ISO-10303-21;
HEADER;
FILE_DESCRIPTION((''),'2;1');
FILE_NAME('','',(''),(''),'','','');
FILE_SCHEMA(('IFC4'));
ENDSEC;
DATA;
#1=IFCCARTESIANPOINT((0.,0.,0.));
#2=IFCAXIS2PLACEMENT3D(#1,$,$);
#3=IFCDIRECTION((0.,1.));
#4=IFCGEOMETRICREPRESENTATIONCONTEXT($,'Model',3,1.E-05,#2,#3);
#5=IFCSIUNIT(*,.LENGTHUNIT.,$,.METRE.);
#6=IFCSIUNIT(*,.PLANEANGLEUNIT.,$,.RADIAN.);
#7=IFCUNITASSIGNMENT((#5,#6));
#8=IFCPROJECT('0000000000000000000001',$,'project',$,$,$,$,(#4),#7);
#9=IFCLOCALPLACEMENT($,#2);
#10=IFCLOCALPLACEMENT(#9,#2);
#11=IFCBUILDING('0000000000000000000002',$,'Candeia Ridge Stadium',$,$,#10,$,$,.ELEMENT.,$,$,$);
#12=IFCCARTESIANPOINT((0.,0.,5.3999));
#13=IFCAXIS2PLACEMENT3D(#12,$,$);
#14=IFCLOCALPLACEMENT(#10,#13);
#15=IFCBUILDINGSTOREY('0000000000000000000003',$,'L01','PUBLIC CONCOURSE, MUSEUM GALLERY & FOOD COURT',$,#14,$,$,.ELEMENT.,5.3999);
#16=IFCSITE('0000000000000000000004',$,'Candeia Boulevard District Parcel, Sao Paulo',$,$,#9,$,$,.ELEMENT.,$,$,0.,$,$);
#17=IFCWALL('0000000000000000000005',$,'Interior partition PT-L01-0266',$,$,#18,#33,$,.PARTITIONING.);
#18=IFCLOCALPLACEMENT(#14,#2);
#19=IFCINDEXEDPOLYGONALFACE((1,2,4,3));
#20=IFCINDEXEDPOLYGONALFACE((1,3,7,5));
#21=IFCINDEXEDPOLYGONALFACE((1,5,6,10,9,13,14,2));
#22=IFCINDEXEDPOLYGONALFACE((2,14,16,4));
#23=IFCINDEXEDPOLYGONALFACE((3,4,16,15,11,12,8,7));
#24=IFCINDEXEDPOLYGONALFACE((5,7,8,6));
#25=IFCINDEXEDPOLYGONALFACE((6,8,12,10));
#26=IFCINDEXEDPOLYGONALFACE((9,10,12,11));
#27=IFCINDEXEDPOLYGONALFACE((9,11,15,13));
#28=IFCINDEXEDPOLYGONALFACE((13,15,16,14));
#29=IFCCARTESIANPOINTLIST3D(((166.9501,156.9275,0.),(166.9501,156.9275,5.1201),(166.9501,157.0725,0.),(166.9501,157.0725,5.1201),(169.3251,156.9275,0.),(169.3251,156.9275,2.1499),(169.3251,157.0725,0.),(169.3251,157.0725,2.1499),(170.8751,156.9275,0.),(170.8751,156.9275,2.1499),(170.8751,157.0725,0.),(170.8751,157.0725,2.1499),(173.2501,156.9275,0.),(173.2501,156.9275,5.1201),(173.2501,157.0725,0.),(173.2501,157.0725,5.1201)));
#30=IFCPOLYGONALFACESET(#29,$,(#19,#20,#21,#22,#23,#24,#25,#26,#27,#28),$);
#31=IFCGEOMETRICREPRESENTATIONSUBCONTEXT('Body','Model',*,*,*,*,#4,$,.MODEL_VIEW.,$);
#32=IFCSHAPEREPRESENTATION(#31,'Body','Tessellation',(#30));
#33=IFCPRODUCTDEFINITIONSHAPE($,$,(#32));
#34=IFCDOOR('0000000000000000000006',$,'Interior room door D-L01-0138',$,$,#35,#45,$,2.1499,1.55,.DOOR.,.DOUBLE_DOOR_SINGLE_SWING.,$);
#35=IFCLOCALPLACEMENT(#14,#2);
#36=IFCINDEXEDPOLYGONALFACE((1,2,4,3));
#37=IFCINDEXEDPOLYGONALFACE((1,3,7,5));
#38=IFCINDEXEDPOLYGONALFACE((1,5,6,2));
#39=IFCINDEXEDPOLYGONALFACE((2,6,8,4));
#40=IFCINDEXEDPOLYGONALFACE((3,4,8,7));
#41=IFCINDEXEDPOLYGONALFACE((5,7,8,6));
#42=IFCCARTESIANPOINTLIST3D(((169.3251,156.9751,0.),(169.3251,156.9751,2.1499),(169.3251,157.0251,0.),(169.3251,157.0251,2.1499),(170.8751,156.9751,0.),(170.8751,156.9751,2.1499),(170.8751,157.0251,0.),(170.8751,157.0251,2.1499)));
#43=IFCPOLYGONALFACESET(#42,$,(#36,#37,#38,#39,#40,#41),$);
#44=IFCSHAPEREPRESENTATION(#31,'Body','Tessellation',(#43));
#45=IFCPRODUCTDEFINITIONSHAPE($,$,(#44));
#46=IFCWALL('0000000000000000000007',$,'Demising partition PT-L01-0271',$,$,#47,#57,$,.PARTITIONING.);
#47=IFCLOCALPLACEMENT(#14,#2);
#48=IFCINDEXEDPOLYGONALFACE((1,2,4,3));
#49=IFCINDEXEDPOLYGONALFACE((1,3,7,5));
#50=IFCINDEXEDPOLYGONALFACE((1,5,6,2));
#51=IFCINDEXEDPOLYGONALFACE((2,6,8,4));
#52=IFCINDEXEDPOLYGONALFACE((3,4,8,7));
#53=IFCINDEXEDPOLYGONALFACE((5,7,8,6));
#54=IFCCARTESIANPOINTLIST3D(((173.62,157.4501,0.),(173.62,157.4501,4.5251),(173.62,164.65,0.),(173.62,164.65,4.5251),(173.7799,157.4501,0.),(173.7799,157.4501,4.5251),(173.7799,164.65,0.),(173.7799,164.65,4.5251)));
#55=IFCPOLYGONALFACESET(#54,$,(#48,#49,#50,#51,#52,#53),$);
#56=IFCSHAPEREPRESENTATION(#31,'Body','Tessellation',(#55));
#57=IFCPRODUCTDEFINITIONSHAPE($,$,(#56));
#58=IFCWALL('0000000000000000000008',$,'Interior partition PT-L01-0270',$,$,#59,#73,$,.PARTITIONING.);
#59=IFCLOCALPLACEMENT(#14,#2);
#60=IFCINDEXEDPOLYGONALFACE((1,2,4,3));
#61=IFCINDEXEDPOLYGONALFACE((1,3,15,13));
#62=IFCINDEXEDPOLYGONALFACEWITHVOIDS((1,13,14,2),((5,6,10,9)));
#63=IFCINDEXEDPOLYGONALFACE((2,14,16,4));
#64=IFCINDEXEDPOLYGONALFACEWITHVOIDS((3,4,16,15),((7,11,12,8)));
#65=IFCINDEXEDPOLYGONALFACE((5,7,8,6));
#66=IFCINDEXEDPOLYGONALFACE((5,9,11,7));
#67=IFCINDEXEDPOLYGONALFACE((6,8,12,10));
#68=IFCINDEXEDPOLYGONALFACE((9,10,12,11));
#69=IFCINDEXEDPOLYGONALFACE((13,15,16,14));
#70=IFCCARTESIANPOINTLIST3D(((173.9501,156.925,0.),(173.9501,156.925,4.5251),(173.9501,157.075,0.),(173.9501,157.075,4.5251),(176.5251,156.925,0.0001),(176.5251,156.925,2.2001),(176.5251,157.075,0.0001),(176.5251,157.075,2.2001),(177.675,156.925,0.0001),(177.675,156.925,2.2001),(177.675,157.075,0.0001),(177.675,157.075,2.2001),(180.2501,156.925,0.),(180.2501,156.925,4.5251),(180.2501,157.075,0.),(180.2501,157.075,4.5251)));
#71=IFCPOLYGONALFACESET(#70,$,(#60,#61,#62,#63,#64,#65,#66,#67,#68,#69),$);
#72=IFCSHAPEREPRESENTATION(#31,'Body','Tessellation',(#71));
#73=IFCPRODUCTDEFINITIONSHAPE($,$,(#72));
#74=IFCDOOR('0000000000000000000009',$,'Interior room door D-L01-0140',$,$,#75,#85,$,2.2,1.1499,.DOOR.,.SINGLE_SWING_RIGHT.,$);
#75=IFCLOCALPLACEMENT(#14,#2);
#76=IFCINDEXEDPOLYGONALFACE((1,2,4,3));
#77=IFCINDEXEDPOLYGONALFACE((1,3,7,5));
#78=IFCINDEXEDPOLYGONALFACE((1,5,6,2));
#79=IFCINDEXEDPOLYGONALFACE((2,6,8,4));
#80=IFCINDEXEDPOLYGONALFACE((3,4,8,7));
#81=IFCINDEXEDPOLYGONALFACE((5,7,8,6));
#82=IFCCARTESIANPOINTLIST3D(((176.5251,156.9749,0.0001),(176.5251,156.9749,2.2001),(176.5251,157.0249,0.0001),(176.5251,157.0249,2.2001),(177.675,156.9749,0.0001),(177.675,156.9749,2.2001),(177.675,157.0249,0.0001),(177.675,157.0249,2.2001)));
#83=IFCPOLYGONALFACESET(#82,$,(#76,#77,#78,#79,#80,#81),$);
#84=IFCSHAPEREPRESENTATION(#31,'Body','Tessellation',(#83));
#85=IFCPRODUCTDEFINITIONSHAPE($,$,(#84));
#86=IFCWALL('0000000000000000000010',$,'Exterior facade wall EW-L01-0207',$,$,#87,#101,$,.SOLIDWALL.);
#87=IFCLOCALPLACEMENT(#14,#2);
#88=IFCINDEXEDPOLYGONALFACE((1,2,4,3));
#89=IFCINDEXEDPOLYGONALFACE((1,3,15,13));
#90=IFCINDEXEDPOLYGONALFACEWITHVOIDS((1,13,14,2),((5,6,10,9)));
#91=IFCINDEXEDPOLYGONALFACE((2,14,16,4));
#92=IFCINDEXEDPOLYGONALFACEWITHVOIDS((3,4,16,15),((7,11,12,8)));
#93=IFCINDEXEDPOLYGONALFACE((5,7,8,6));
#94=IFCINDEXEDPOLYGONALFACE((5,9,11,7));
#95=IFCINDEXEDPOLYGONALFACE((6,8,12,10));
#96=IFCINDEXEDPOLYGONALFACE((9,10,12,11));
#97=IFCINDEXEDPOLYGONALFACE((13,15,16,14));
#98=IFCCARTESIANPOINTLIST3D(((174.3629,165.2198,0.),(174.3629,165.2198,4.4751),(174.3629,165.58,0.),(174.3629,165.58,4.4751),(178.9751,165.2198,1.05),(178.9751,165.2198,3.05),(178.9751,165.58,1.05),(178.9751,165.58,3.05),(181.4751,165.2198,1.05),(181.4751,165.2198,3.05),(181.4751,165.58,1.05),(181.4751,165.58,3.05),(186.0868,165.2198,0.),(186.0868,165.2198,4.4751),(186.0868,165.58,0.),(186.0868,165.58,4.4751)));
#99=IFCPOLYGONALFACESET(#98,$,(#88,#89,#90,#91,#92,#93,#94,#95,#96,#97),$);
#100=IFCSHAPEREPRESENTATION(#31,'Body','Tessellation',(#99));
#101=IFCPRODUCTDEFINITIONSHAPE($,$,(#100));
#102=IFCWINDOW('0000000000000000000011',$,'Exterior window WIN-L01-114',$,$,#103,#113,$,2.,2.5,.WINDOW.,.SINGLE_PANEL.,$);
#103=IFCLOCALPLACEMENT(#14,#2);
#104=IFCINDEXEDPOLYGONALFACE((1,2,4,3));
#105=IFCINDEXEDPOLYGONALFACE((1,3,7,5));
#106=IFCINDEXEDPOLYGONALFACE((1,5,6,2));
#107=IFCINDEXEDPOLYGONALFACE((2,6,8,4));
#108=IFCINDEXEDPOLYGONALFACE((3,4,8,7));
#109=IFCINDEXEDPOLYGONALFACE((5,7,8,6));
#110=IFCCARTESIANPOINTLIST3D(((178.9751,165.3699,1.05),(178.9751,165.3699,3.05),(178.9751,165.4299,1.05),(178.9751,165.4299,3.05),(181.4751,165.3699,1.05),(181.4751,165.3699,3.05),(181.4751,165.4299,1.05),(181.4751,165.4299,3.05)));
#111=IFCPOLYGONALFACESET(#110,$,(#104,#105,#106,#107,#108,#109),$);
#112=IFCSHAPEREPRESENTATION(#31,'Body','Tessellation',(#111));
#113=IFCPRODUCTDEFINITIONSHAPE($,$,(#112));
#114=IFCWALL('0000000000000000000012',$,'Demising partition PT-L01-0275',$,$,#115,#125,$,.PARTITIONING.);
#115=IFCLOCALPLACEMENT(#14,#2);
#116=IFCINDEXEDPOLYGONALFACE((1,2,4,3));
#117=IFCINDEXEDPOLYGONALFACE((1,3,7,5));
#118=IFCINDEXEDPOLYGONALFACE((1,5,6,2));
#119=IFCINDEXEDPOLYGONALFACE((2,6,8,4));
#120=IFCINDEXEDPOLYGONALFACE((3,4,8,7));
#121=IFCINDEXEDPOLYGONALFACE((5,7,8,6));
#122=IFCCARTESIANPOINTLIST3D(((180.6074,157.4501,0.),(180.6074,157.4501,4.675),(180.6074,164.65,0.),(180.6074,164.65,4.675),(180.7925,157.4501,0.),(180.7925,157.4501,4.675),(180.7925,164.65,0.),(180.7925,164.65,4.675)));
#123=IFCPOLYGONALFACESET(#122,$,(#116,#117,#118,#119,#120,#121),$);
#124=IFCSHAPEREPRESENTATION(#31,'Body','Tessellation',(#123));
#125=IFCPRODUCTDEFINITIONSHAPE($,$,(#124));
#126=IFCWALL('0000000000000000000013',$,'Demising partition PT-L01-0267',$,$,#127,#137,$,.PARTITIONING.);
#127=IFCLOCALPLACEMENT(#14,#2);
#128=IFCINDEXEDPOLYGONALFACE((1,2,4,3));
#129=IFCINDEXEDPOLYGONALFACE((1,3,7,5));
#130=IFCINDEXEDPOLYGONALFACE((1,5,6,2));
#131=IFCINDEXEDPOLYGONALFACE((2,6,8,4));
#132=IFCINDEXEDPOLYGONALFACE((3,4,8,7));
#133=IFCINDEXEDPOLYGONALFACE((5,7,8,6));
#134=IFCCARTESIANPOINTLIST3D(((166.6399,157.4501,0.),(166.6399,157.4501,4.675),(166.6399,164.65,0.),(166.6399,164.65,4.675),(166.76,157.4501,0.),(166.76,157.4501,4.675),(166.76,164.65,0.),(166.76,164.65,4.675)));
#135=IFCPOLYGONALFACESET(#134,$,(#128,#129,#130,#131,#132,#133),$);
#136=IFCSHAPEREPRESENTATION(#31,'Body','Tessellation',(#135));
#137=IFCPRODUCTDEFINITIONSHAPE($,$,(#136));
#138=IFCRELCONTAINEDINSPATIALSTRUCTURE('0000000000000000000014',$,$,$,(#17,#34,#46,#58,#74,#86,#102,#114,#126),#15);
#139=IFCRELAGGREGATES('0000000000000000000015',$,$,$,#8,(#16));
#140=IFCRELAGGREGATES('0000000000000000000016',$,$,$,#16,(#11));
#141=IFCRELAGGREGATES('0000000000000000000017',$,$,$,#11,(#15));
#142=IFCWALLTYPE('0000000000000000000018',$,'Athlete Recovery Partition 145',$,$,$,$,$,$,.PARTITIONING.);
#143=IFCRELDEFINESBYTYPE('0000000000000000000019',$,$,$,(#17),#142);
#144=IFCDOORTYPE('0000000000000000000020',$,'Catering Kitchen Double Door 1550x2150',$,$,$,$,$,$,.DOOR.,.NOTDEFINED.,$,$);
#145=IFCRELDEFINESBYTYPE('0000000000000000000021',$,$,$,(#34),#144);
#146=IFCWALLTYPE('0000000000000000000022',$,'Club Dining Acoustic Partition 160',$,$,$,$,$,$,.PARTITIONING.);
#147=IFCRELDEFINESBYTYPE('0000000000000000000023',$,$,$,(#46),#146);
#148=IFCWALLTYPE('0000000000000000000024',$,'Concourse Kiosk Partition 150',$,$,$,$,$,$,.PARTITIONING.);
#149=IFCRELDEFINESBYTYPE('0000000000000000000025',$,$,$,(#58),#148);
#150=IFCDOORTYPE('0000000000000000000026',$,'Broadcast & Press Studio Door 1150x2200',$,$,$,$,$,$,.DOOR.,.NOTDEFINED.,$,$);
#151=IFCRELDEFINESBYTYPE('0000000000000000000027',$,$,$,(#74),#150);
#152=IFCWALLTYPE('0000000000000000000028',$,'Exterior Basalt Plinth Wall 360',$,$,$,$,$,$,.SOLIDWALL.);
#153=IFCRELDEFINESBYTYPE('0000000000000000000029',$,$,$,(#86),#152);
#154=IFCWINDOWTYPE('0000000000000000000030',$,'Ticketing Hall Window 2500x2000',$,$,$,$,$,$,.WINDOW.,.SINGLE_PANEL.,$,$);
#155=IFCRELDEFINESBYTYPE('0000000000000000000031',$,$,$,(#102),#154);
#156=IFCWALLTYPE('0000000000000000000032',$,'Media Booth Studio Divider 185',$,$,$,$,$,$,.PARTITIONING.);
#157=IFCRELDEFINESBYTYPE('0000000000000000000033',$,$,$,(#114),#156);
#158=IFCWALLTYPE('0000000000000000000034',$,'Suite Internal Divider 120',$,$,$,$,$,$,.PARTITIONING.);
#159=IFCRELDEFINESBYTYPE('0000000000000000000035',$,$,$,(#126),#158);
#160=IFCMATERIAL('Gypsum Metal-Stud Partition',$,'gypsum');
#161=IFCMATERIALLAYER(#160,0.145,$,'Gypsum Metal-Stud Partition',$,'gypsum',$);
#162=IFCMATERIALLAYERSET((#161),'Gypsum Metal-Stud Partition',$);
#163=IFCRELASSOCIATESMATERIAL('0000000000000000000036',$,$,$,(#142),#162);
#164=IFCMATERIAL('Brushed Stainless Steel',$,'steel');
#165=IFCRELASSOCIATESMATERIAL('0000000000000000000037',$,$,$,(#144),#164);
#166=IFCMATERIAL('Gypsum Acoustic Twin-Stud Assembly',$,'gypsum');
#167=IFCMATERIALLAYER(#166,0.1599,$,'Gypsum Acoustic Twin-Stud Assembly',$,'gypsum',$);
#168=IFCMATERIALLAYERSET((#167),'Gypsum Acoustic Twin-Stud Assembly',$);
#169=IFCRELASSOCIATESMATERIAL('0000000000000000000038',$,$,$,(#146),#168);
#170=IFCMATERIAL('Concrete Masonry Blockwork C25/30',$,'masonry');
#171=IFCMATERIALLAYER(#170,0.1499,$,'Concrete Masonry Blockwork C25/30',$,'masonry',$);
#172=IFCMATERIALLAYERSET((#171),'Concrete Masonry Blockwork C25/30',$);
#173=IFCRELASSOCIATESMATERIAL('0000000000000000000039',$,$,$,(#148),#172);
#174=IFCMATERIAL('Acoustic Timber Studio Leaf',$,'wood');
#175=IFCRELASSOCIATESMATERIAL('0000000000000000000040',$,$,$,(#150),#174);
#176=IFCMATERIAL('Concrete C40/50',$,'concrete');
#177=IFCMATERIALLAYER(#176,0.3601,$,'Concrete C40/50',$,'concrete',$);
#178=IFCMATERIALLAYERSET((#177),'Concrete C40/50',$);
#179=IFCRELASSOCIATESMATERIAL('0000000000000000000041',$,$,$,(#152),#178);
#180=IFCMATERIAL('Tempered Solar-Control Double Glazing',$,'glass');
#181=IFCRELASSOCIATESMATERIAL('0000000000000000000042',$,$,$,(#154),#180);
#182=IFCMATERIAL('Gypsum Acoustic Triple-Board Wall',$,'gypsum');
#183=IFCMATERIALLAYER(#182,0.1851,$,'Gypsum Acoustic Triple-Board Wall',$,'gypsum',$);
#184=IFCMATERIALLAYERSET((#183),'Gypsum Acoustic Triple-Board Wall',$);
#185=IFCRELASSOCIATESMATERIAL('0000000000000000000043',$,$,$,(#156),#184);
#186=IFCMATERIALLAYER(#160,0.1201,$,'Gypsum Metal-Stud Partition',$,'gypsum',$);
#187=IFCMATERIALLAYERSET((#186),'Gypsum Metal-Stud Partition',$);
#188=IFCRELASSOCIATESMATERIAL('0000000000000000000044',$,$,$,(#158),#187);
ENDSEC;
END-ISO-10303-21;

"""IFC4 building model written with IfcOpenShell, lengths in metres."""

from ifc_helpers import new_model, si_unit, direction, frame, frame_2d, origin, place, context, subcontext, project, spatial, rectangle, extrude, material, layer, layer_set, type_object, element, fill, save


model = new_model("IFC4")

# Units and contexts
model_context = context("Model", 3, precision=1e-05, world=origin(), true_north=direction((0.0, 1.0)))
body_context = subcontext(model_context, "Body", "Model", "MODEL_VIEW")
ifc_project = project(units=[si_unit("LENGTHUNIT", "METRE"), si_unit("PLANEANGLEUNIT", "RADIAN")], contexts=[model_context])

# Site, building, storey
site_placement = place(None, origin())
site = spatial("IfcSite", under=ifc_project, at=site_placement, Name="Candeia Boulevard District Parcel, Sao Paulo", CompositionType="ELEMENT", RefElevation=0.0)
building_placement = place(site_placement, origin())
building = spatial("IfcBuilding", under=site, at=building_placement, Name="Candeia Ridge Stadium", CompositionType="ELEMENT")
storey_placement = place(building_placement, frame((0.0, 0.0, 5.3999)))
storey = spatial("IfcBuildingStorey", under=building, at=storey_placement, Name="L01", Description="PUBLIC CONCOURSE, MUSEUM GALLERY & FOOD COURT", CompositionType="ELEMENT", Elevation=5.3999)

# Shared definitions
ifc_material_1 = material(Name="Concrete C40/50", Category="concrete")

# Wall, opening, door
ifc_material_2 = material(Name="Gypsum Metal-Stud Partition", Category="gypsum")
ifc_layer_1 = layer(ifc_material_2, 0.145, Name="Gypsum Metal-Stud Partition", Category="gypsum")
ifc_layer_set_1 = layer_set([ifc_layer_1], Name="Gypsum Metal-Stud Partition")
wall_type_1 = type_object("IfcWallType", Name="Athlete Recovery Partition 145", PredefinedType="PARTITIONING", material=ifc_layer_set_1)
wall_1_placement = place(storey_placement, frame((173.25, 157.0, 0.0), z_axis=(0.0, 0.0, 1.0), x_axis=(-1.0, 0.0, 0.0)))
wall_1 = element("IfcWall", 1, at=wall_1_placement, inside=storey, type_object=wall_type_1, Name="Interior partition PT-L01-0266", PredefinedType="PARTITIONING", context=body_context, shape_type="SweptSolid", body=[
    extrude(rectangle(XDim=6.3, YDim=0.145, at=frame_2d((3.1499, 0.0))), origin(), (0.0, 0.0, 1.0), 5.1201),
])
opening_1_placement = place(wall_1_placement, frame((2.375, 0.0, 0.0)))
opening_1 = element("IfcOpeningElement", 2, at=opening_1_placement, cuts=wall_1, PredefinedType="OPENING", context=body_context, shape_type="SweptSolid", body=[
    extrude(rectangle(XDim=1.55, YDim=2.1499, at=frame_2d((0.7749, 1.075))), frame((0.0, 0.0825, 0.0), z_axis=(0.0, -1.0, 0.0), x_axis=(1.0, 0.0, 0.0)), (0.0, 0.0, 1.0), 0.165),
])
ifc_material_3 = material(Name="Brushed Stainless Steel", Category="steel")
door_type_1 = type_object("IfcDoorType", Name="Catering Kitchen Double Door 1550x2150", OperationType="NOTDEFINED", PredefinedType="DOOR", material=ifc_material_3)
door_1_placement = place(opening_1_placement, origin())
door_1 = element("IfcDoor", 3, at=door_1_placement, inside=storey, type_object=door_type_1, Name="Interior room door D-L01-0138", OperationType="DOUBLE_DOOR_SINGLE_SWING", OverallHeight=2.1499, OverallWidth=1.55, PredefinedType="DOOR", context=body_context, shape_type="SweptSolid", body=[
    extrude(rectangle(XDim=1.55, YDim=2.1499, at=frame_2d((0.7749, 1.075))), frame((0.0, 0.0249, 0.0), z_axis=(0.0, -1.0, 0.0), x_axis=(1.0, 0.0, 0.0)), (0.0, 0.0, 1.0), 0.05),
])
fill(opening_1, door_1)

# Wall
ifc_material_4 = material(Name="Gypsum Acoustic Twin-Stud Assembly", Category="gypsum")
ifc_layer_2 = layer(ifc_material_4, 0.1599, Name="Gypsum Acoustic Twin-Stud Assembly", Category="gypsum")
ifc_layer_set_2 = layer_set([ifc_layer_2], Name="Gypsum Acoustic Twin-Stud Assembly")
wall_type_2 = type_object("IfcWallType", Name="Club Dining Acoustic Partition 160", PredefinedType="PARTITIONING", material=ifc_layer_set_2)
wall_2_placement = place(storey_placement, frame((173.7, 157.45, 0.0), z_axis=(0.0, 0.0, 1.0), x_axis=(0.0, 1.0, 0.0)))
element("IfcWall", 4, at=wall_2_placement, inside=storey, type_object=wall_type_2, Name="Demising partition PT-L01-0271", PredefinedType="PARTITIONING", context=body_context, shape_type="SweptSolid", body=[
    extrude(rectangle(XDim=7.2, YDim=0.1599, at=frame_2d((3.6001, 0.0))), origin(), (0.0, 0.0, 1.0), 4.5251),
])

# Wall, opening, door
ifc_material_5 = material(Name="Concrete Masonry Blockwork C25/30", Category="masonry")
ifc_layer_3 = layer(ifc_material_5, 0.1499, Name="Concrete Masonry Blockwork C25/30", Category="masonry")
ifc_layer_set_3 = layer_set([ifc_layer_3], Name="Concrete Masonry Blockwork C25/30")
wall_type_3 = type_object("IfcWallType", Name="Concourse Kiosk Partition 150", PredefinedType="PARTITIONING", material=ifc_layer_set_3)
wall_3_placement = place(storey_placement, frame((180.25, 157.0, 0.0), z_axis=(0.0, 0.0, 1.0), x_axis=(-1.0, 0.0, 0.0)))
wall_3 = element("IfcWall", 5, at=wall_3_placement, inside=storey, type_object=wall_type_3, Name="Interior partition PT-L01-0270", PredefinedType="PARTITIONING", context=body_context, shape_type="SweptSolid", body=[
    extrude(rectangle(XDim=6.3, YDim=0.1499, at=frame_2d((3.1499, 0.0))), origin(), (0.0, 0.0, 1.0), 4.5251),
])
opening_2_placement = place(wall_3_placement, frame((2.575, 0.0, 0.0)))
opening_2 = element("IfcOpeningElement", 6, at=opening_2_placement, cuts=wall_3, PredefinedType="OPENING", context=body_context, shape_type="SweptSolid", body=[
    extrude(rectangle(XDim=1.1499, YDim=2.2, at=frame_2d((0.575, 1.1001))), frame((0.0, 0.085, 0.0), z_axis=(0.0, -1.0, 0.0), x_axis=(1.0, 0.0, 0.0)), (0.0, 0.0, 1.0), 0.1699),
])
ifc_material_6 = material(Name="Acoustic Timber Studio Leaf", Category="wood")
door_type_2 = type_object("IfcDoorType", Name="Broadcast & Press Studio Door 1150x2200", OperationType="NOTDEFINED", PredefinedType="DOOR", material=ifc_material_6)
door_2_placement = place(opening_2_placement, frame((1.1499, 0.0, 0.0), z_axis=(0.0, 0.0, 1.0), x_axis=(-1.0, 0.0, 0.0)))
door_2 = element("IfcDoor", 7, at=door_2_placement, inside=storey, type_object=door_type_2, Name="Interior room door D-L01-0140", OperationType="SINGLE_SWING_RIGHT", OverallHeight=2.2, OverallWidth=1.1499, PredefinedType="DOOR", context=body_context, shape_type="SweptSolid", body=[
    extrude(rectangle(XDim=1.1499, YDim=2.2, at=frame_2d((0.575, 1.1001))), frame((0.0, 0.0249, 0.0), z_axis=(0.0, -1.0, 0.0), x_axis=(1.0, 0.0, 0.0)), (0.0, 0.0, 1.0), 0.05),
])
fill(opening_2, door_2)

# Wall, opening, window
ifc_layer_4 = layer(ifc_material_1, 0.3601, Name="Concrete C40/50", Category="concrete")
ifc_layer_set_4 = layer_set([ifc_layer_4], Name="Concrete C40/50")
wall_type_4 = type_object("IfcWallType", Name="Exterior Basalt Plinth Wall 360", PredefinedType="SOLIDWALL", material=ifc_layer_set_4)
wall_4_placement = place(storey_placement, frame((174.363, 165.3999, 0.0), z_axis=(0.0, 0.0, 1.0), x_axis=(1.0, 0.0, 0.0)))
wall_4 = element("IfcWall", 8, at=wall_4_placement, inside=storey, type_object=wall_type_4, Name="Exterior facade wall EW-L01-0207", PredefinedType="SOLIDWALL", context=body_context, shape_type="SweptSolid", body=[
    extrude(rectangle(XDim=11.7239, YDim=0.3601, at=frame_2d((5.8618, 0.0))), origin(), (0.0, 0.0, 1.0), 4.4751),
])
opening_3_placement = place(wall_4_placement, frame((4.6121, 0.0, 1.05)))
opening_3 = element("IfcOpeningElement", 9, at=opening_3_placement, cuts=wall_4, PredefinedType="OPENING", context=body_context, shape_type="SweptSolid", body=[
    extrude(rectangle(XDim=2.5, YDim=2.0, at=frame_2d((1.25, 1.0))), frame((0.0, 0.1899, 0.0), z_axis=(0.0, -1.0, 0.0), x_axis=(1.0, 0.0, 0.0)), (0.0, 0.0, 1.0), 0.3801),
])
ifc_material_7 = material(Name="Tempered Solar-Control Double Glazing", Category="glass")
window_type = type_object("IfcWindowType", Name="Ticketing Hall Window 2500x2000", PartitioningType="SINGLE_PANEL", PredefinedType="WINDOW", material=ifc_material_7)
window_placement = place(opening_3_placement, origin())
window = element("IfcWindow", 10, at=window_placement, inside=storey, type_object=window_type, Name="Exterior window WIN-L01-114", OverallHeight=2.0, OverallWidth=2.5, PartitioningType="SINGLE_PANEL", PredefinedType="WINDOW", context=body_context, shape_type="SweptSolid", body=[
    extrude(rectangle(XDim=2.5, YDim=2.0, at=frame_2d((1.25, 1.0))), frame((0.0, 0.03, 0.0), z_axis=(0.0, -1.0, 0.0), x_axis=(1.0, 0.0, 0.0)), (0.0, 0.0, 1.0), 0.0601),
])
fill(opening_3, window)

# Walls
ifc_material_8 = material(Name="Gypsum Acoustic Triple-Board Wall", Category="gypsum")
ifc_layer_5 = layer(ifc_material_8, 0.1851, Name="Gypsum Acoustic Triple-Board Wall", Category="gypsum")
ifc_layer_set_5 = layer_set([ifc_layer_5], Name="Gypsum Acoustic Triple-Board Wall")
wall_type_5 = type_object("IfcWallType", Name="Media Booth Studio Divider 185", PredefinedType="PARTITIONING", material=ifc_layer_set_5)
wall_5_placement = place(storey_placement, frame((180.7, 157.45, 0.0), z_axis=(0.0, 0.0, 1.0), x_axis=(0.0, 1.0, 0.0)))
element("IfcWall", 11, at=wall_5_placement, inside=storey, type_object=wall_type_5, Name="Demising partition PT-L01-0275", PredefinedType="PARTITIONING", context=body_context, shape_type="SweptSolid", body=[
    extrude(rectangle(XDim=7.2, YDim=0.1851, at=frame_2d((3.6001, 0.0))), origin(), (0.0, 0.0, 1.0), 4.675),
])
ifc_layer_6 = layer(ifc_material_2, 0.1201, Name="Gypsum Metal-Stud Partition", Category="gypsum")
ifc_layer_set_6 = layer_set([ifc_layer_6], Name="Gypsum Metal-Stud Partition")
wall_type_6 = type_object("IfcWallType", Name="Suite Internal Divider 120", PredefinedType="PARTITIONING", material=ifc_layer_set_6)
wall_6_placement = place(storey_placement, frame((166.7, 157.45, 0.0), z_axis=(0.0, 0.0, 1.0), x_axis=(0.0, 1.0, 0.0)))
element("IfcWall", 12, at=wall_6_placement, inside=storey, type_object=wall_type_6, Name="Demising partition PT-L01-0267", PredefinedType="PARTITIONING", context=body_context, shape_type="SweptSolid", body=[
    extrude(rectangle(XDim=7.2, YDim=0.1201, at=frame_2d((3.6001, 0.0))), origin(), (0.0, 0.0, 1.0), 4.675),
])

save(model, "model.ifc")
